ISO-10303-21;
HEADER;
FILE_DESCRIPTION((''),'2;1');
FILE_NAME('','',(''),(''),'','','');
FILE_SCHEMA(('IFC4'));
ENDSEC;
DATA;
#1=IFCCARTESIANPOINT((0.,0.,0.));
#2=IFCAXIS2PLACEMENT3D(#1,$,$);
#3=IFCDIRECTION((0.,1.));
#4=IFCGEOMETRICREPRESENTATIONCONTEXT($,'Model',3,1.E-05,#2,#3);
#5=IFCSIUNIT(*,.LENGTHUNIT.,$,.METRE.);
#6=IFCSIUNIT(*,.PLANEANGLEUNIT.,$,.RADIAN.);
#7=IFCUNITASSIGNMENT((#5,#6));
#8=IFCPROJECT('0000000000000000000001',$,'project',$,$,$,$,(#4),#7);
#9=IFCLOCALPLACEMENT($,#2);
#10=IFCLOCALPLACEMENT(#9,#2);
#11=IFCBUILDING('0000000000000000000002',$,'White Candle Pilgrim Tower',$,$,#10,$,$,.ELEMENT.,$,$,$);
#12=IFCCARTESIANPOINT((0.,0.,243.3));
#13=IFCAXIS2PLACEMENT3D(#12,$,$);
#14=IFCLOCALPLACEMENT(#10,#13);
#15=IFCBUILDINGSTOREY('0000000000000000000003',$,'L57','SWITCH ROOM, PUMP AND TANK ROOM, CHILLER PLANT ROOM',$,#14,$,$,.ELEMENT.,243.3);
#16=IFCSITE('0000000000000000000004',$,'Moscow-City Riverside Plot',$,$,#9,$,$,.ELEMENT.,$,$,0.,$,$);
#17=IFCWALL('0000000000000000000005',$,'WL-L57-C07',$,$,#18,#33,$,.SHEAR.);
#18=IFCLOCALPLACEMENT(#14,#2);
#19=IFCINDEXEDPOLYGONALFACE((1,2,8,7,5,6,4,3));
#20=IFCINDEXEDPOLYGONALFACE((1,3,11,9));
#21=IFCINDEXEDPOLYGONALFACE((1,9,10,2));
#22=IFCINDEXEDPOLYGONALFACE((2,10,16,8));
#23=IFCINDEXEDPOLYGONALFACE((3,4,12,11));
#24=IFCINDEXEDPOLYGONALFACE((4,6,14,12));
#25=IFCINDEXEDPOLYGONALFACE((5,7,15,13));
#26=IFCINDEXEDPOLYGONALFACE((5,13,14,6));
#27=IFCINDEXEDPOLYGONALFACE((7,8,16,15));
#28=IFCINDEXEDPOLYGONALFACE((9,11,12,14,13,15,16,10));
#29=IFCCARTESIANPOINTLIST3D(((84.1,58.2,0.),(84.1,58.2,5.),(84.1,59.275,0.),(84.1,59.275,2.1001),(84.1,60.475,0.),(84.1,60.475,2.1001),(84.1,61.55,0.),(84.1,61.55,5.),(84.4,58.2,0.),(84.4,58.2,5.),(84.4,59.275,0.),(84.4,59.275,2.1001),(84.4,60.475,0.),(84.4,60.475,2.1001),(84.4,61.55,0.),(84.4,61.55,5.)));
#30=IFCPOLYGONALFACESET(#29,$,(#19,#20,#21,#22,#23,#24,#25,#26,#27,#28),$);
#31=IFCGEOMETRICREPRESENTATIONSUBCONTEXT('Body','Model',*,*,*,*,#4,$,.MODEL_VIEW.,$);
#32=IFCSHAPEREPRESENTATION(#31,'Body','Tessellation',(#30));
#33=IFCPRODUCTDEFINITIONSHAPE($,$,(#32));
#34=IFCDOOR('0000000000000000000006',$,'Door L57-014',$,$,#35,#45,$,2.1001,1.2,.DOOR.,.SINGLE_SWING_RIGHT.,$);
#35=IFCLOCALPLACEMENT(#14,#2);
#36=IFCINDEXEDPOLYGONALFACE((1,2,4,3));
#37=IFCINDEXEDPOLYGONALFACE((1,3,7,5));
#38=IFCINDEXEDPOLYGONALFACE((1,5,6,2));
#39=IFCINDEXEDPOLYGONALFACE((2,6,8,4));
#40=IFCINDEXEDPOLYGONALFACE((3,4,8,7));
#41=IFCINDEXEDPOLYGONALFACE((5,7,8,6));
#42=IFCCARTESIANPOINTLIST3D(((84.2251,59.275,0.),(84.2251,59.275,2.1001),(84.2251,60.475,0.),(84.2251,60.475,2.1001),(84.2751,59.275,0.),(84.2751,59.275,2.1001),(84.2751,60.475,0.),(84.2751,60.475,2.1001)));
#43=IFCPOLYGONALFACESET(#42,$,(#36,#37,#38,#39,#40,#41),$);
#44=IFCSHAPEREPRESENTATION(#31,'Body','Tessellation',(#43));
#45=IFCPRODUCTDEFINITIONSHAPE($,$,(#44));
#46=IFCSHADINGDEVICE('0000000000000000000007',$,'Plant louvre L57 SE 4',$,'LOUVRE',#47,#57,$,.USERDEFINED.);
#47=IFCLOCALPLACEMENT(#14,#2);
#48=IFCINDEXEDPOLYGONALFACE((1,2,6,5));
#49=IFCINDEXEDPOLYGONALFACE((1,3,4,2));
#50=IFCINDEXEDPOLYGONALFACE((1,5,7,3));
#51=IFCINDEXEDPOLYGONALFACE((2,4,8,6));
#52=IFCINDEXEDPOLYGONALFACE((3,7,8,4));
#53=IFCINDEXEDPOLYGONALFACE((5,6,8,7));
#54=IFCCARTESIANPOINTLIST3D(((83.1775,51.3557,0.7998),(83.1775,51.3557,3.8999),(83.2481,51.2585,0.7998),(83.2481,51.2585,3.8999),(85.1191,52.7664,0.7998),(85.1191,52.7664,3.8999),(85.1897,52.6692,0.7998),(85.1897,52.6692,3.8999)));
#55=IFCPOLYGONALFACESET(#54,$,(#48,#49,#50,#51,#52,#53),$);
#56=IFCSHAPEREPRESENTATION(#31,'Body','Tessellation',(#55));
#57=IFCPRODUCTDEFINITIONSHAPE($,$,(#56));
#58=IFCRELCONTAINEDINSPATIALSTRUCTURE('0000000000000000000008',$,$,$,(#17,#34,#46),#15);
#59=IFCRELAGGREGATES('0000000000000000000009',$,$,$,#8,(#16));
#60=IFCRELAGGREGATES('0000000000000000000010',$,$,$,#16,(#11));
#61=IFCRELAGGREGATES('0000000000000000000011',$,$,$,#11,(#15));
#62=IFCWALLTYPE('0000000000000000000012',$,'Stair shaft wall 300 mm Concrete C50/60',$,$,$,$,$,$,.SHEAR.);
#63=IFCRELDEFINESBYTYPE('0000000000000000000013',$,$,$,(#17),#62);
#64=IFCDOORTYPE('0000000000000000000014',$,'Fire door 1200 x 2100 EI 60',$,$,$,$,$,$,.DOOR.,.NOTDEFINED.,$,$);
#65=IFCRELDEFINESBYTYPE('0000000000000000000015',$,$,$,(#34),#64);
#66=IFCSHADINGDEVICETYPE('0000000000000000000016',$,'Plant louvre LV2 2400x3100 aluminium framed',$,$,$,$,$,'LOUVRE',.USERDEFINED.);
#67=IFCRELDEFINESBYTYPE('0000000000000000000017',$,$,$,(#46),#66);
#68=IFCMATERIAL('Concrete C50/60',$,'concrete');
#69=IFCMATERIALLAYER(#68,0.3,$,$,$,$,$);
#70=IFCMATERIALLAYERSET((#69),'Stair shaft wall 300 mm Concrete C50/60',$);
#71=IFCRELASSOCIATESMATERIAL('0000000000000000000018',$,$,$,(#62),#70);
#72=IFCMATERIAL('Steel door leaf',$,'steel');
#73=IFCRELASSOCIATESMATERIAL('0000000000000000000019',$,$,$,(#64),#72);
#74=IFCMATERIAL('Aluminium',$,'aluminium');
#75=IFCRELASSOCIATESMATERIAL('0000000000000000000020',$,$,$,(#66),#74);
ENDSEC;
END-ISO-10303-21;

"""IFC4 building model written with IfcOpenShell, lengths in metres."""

from ifc_helpers import new_model, si_unit, direction, frame, frame_2d, origin, origin_2d, place, context, subcontext, project, spatial, rectangle, extrude, material, layer, layer_set, type_object, element, fill, save


model = new_model("IFC4")

# Units and contexts
model_context = context("Model", 3, precision=1e-05, world=origin(), true_north=direction((0.0, 1.0)))
body_context = subcontext(model_context, "Body", "Model", "MODEL_VIEW")
ifc_project = project(units=[si_unit("LENGTHUNIT", "METRE"), si_unit("PLANEANGLEUNIT", "RADIAN")], contexts=[model_context])

# Site, building, storey
site_placement = place(None, origin())
site = spatial("IfcSite", under=ifc_project, at=site_placement, Name="Moscow-City Riverside Plot", CompositionType="ELEMENT", RefElevation=0.0)
building_placement = place(site_placement, origin())
building = spatial("IfcBuilding", under=site, at=building_placement, Name="White Candle Pilgrim Tower", CompositionType="ELEMENT")
storey_placement = place(building_placement, frame((0.0, 0.0, 243.3)))
storey = spatial("IfcBuildingStorey", under=building, at=storey_placement, Name="L57", Description="SWITCH ROOM, PUMP AND TANK ROOM, CHILLER PLANT ROOM", CompositionType="ELEMENT", Elevation=243.3)

# Shared definitions
ifc_material_1 = material(Name="Concrete C50/60", Category="concrete")

# Shared definitions
ifc_material_2 = material(Name="Steel door leaf", Category="steel")

# Wall, opening, door
ifc_layer_1 = layer(ifc_material_1, 0.3)
ifc_layer_set_1 = layer_set([ifc_layer_1], Name="Stair shaft wall 300 mm Concrete C50/60")
wall_type_1 = type_object("IfcWallType", Name="Stair shaft wall 300 mm Concrete C50/60", PredefinedType="SHEAR", material=ifc_layer_set_1)
wall_1_placement = place(storey_placement, frame((84.25, 58.2, 0.0), z_axis=(0.0, 0.0, 1.0), x_axis=(0.0, 1.0, 0.0)))
wall_1 = element("IfcWall", 1, at=wall_1_placement, inside=storey, type_object=wall_type_1, Name="WL-L57-C07", PredefinedType="SHEAR", context=body_context, shape_type="SweptSolid", body=[
    extrude(rectangle(XDim=3.3501, YDim=0.3, at=frame_2d((1.675, 0.0))), origin(), (0.0, 0.0, 1.0), 5.0),
])
opening_1_placement = place(wall_1_placement, frame((1.075, 0.0, 0.0)))
opening_1 = element("IfcOpeningElement", 2, at=opening_1_placement, cuts=wall_1, PredefinedType="OPENING", context=body_context, shape_type="SweptSolid", body=[
    extrude(rectangle(XDim=1.2, YDim=2.1001, at=frame_2d((0.6001, 1.05))), frame((0.0, 0.1599, 0.0), z_axis=(0.0, -1.0, 0.0), x_axis=(1.0, 0.0, 0.0)), (0.0, 0.0, 1.0), 0.3201),
])
door_type_1 = type_object("IfcDoorType", Name="Fire door 1200 x 2100 EI 60", OperationType="NOTDEFINED", PredefinedType="DOOR", material=ifc_material_2)
door_1_placement = place(opening_1_placement, origin())
door_1 = element("IfcDoor", 3, at=door_1_placement, inside=storey, type_object=door_type_1, Name="Door L57-014", OperationType="SINGLE_SWING_RIGHT", OverallHeight=2.1001, OverallWidth=1.2, PredefinedType="DOOR", context=body_context, shape_type="SweptSolid", body=[
    extrude(rectangle(XDim=1.2, YDim=2.1001, at=frame_2d((0.6001, 1.05))), frame((0.0, 0.0249, 0.0), z_axis=(0.0, -1.0, 0.0), x_axis=(1.0, 0.0, 0.0)), (0.0, 0.0, 1.0), 0.05),
])
fill(opening_1, door_1)

# Shading device
ifc_material_3 = material(Name="Aluminium", Category="aluminium")
shading_device_type = type_object("IfcShadingDeviceType", Name="Plant louvre LV2 2400x3100 aluminium framed", ElementType="LOUVRE", PredefinedType="USERDEFINED", material=ifc_material_3)
shading_device_placement = place(storey_placement, frame((84.1836, 52.0125, 0.7998), z_axis=(0.0, 0.0, 1.0), x_axis=(0.809017, 0.587785, 0.0)))
element("IfcShadingDevice", 4, at=shading_device_placement, inside=storey, type_object=shading_device_type, Name="Plant louvre L57 SE 4", ObjectType="LOUVRE", PredefinedType="USERDEFINED", context=body_context, shape_type="SweptSolid", body=[
    extrude(rectangle(XDim=2.3999, YDim=0.1201, at=origin_2d()), origin(), (0.0, 0.0, 1.0), 3.1001),
])

save(model, "model.ifc")
